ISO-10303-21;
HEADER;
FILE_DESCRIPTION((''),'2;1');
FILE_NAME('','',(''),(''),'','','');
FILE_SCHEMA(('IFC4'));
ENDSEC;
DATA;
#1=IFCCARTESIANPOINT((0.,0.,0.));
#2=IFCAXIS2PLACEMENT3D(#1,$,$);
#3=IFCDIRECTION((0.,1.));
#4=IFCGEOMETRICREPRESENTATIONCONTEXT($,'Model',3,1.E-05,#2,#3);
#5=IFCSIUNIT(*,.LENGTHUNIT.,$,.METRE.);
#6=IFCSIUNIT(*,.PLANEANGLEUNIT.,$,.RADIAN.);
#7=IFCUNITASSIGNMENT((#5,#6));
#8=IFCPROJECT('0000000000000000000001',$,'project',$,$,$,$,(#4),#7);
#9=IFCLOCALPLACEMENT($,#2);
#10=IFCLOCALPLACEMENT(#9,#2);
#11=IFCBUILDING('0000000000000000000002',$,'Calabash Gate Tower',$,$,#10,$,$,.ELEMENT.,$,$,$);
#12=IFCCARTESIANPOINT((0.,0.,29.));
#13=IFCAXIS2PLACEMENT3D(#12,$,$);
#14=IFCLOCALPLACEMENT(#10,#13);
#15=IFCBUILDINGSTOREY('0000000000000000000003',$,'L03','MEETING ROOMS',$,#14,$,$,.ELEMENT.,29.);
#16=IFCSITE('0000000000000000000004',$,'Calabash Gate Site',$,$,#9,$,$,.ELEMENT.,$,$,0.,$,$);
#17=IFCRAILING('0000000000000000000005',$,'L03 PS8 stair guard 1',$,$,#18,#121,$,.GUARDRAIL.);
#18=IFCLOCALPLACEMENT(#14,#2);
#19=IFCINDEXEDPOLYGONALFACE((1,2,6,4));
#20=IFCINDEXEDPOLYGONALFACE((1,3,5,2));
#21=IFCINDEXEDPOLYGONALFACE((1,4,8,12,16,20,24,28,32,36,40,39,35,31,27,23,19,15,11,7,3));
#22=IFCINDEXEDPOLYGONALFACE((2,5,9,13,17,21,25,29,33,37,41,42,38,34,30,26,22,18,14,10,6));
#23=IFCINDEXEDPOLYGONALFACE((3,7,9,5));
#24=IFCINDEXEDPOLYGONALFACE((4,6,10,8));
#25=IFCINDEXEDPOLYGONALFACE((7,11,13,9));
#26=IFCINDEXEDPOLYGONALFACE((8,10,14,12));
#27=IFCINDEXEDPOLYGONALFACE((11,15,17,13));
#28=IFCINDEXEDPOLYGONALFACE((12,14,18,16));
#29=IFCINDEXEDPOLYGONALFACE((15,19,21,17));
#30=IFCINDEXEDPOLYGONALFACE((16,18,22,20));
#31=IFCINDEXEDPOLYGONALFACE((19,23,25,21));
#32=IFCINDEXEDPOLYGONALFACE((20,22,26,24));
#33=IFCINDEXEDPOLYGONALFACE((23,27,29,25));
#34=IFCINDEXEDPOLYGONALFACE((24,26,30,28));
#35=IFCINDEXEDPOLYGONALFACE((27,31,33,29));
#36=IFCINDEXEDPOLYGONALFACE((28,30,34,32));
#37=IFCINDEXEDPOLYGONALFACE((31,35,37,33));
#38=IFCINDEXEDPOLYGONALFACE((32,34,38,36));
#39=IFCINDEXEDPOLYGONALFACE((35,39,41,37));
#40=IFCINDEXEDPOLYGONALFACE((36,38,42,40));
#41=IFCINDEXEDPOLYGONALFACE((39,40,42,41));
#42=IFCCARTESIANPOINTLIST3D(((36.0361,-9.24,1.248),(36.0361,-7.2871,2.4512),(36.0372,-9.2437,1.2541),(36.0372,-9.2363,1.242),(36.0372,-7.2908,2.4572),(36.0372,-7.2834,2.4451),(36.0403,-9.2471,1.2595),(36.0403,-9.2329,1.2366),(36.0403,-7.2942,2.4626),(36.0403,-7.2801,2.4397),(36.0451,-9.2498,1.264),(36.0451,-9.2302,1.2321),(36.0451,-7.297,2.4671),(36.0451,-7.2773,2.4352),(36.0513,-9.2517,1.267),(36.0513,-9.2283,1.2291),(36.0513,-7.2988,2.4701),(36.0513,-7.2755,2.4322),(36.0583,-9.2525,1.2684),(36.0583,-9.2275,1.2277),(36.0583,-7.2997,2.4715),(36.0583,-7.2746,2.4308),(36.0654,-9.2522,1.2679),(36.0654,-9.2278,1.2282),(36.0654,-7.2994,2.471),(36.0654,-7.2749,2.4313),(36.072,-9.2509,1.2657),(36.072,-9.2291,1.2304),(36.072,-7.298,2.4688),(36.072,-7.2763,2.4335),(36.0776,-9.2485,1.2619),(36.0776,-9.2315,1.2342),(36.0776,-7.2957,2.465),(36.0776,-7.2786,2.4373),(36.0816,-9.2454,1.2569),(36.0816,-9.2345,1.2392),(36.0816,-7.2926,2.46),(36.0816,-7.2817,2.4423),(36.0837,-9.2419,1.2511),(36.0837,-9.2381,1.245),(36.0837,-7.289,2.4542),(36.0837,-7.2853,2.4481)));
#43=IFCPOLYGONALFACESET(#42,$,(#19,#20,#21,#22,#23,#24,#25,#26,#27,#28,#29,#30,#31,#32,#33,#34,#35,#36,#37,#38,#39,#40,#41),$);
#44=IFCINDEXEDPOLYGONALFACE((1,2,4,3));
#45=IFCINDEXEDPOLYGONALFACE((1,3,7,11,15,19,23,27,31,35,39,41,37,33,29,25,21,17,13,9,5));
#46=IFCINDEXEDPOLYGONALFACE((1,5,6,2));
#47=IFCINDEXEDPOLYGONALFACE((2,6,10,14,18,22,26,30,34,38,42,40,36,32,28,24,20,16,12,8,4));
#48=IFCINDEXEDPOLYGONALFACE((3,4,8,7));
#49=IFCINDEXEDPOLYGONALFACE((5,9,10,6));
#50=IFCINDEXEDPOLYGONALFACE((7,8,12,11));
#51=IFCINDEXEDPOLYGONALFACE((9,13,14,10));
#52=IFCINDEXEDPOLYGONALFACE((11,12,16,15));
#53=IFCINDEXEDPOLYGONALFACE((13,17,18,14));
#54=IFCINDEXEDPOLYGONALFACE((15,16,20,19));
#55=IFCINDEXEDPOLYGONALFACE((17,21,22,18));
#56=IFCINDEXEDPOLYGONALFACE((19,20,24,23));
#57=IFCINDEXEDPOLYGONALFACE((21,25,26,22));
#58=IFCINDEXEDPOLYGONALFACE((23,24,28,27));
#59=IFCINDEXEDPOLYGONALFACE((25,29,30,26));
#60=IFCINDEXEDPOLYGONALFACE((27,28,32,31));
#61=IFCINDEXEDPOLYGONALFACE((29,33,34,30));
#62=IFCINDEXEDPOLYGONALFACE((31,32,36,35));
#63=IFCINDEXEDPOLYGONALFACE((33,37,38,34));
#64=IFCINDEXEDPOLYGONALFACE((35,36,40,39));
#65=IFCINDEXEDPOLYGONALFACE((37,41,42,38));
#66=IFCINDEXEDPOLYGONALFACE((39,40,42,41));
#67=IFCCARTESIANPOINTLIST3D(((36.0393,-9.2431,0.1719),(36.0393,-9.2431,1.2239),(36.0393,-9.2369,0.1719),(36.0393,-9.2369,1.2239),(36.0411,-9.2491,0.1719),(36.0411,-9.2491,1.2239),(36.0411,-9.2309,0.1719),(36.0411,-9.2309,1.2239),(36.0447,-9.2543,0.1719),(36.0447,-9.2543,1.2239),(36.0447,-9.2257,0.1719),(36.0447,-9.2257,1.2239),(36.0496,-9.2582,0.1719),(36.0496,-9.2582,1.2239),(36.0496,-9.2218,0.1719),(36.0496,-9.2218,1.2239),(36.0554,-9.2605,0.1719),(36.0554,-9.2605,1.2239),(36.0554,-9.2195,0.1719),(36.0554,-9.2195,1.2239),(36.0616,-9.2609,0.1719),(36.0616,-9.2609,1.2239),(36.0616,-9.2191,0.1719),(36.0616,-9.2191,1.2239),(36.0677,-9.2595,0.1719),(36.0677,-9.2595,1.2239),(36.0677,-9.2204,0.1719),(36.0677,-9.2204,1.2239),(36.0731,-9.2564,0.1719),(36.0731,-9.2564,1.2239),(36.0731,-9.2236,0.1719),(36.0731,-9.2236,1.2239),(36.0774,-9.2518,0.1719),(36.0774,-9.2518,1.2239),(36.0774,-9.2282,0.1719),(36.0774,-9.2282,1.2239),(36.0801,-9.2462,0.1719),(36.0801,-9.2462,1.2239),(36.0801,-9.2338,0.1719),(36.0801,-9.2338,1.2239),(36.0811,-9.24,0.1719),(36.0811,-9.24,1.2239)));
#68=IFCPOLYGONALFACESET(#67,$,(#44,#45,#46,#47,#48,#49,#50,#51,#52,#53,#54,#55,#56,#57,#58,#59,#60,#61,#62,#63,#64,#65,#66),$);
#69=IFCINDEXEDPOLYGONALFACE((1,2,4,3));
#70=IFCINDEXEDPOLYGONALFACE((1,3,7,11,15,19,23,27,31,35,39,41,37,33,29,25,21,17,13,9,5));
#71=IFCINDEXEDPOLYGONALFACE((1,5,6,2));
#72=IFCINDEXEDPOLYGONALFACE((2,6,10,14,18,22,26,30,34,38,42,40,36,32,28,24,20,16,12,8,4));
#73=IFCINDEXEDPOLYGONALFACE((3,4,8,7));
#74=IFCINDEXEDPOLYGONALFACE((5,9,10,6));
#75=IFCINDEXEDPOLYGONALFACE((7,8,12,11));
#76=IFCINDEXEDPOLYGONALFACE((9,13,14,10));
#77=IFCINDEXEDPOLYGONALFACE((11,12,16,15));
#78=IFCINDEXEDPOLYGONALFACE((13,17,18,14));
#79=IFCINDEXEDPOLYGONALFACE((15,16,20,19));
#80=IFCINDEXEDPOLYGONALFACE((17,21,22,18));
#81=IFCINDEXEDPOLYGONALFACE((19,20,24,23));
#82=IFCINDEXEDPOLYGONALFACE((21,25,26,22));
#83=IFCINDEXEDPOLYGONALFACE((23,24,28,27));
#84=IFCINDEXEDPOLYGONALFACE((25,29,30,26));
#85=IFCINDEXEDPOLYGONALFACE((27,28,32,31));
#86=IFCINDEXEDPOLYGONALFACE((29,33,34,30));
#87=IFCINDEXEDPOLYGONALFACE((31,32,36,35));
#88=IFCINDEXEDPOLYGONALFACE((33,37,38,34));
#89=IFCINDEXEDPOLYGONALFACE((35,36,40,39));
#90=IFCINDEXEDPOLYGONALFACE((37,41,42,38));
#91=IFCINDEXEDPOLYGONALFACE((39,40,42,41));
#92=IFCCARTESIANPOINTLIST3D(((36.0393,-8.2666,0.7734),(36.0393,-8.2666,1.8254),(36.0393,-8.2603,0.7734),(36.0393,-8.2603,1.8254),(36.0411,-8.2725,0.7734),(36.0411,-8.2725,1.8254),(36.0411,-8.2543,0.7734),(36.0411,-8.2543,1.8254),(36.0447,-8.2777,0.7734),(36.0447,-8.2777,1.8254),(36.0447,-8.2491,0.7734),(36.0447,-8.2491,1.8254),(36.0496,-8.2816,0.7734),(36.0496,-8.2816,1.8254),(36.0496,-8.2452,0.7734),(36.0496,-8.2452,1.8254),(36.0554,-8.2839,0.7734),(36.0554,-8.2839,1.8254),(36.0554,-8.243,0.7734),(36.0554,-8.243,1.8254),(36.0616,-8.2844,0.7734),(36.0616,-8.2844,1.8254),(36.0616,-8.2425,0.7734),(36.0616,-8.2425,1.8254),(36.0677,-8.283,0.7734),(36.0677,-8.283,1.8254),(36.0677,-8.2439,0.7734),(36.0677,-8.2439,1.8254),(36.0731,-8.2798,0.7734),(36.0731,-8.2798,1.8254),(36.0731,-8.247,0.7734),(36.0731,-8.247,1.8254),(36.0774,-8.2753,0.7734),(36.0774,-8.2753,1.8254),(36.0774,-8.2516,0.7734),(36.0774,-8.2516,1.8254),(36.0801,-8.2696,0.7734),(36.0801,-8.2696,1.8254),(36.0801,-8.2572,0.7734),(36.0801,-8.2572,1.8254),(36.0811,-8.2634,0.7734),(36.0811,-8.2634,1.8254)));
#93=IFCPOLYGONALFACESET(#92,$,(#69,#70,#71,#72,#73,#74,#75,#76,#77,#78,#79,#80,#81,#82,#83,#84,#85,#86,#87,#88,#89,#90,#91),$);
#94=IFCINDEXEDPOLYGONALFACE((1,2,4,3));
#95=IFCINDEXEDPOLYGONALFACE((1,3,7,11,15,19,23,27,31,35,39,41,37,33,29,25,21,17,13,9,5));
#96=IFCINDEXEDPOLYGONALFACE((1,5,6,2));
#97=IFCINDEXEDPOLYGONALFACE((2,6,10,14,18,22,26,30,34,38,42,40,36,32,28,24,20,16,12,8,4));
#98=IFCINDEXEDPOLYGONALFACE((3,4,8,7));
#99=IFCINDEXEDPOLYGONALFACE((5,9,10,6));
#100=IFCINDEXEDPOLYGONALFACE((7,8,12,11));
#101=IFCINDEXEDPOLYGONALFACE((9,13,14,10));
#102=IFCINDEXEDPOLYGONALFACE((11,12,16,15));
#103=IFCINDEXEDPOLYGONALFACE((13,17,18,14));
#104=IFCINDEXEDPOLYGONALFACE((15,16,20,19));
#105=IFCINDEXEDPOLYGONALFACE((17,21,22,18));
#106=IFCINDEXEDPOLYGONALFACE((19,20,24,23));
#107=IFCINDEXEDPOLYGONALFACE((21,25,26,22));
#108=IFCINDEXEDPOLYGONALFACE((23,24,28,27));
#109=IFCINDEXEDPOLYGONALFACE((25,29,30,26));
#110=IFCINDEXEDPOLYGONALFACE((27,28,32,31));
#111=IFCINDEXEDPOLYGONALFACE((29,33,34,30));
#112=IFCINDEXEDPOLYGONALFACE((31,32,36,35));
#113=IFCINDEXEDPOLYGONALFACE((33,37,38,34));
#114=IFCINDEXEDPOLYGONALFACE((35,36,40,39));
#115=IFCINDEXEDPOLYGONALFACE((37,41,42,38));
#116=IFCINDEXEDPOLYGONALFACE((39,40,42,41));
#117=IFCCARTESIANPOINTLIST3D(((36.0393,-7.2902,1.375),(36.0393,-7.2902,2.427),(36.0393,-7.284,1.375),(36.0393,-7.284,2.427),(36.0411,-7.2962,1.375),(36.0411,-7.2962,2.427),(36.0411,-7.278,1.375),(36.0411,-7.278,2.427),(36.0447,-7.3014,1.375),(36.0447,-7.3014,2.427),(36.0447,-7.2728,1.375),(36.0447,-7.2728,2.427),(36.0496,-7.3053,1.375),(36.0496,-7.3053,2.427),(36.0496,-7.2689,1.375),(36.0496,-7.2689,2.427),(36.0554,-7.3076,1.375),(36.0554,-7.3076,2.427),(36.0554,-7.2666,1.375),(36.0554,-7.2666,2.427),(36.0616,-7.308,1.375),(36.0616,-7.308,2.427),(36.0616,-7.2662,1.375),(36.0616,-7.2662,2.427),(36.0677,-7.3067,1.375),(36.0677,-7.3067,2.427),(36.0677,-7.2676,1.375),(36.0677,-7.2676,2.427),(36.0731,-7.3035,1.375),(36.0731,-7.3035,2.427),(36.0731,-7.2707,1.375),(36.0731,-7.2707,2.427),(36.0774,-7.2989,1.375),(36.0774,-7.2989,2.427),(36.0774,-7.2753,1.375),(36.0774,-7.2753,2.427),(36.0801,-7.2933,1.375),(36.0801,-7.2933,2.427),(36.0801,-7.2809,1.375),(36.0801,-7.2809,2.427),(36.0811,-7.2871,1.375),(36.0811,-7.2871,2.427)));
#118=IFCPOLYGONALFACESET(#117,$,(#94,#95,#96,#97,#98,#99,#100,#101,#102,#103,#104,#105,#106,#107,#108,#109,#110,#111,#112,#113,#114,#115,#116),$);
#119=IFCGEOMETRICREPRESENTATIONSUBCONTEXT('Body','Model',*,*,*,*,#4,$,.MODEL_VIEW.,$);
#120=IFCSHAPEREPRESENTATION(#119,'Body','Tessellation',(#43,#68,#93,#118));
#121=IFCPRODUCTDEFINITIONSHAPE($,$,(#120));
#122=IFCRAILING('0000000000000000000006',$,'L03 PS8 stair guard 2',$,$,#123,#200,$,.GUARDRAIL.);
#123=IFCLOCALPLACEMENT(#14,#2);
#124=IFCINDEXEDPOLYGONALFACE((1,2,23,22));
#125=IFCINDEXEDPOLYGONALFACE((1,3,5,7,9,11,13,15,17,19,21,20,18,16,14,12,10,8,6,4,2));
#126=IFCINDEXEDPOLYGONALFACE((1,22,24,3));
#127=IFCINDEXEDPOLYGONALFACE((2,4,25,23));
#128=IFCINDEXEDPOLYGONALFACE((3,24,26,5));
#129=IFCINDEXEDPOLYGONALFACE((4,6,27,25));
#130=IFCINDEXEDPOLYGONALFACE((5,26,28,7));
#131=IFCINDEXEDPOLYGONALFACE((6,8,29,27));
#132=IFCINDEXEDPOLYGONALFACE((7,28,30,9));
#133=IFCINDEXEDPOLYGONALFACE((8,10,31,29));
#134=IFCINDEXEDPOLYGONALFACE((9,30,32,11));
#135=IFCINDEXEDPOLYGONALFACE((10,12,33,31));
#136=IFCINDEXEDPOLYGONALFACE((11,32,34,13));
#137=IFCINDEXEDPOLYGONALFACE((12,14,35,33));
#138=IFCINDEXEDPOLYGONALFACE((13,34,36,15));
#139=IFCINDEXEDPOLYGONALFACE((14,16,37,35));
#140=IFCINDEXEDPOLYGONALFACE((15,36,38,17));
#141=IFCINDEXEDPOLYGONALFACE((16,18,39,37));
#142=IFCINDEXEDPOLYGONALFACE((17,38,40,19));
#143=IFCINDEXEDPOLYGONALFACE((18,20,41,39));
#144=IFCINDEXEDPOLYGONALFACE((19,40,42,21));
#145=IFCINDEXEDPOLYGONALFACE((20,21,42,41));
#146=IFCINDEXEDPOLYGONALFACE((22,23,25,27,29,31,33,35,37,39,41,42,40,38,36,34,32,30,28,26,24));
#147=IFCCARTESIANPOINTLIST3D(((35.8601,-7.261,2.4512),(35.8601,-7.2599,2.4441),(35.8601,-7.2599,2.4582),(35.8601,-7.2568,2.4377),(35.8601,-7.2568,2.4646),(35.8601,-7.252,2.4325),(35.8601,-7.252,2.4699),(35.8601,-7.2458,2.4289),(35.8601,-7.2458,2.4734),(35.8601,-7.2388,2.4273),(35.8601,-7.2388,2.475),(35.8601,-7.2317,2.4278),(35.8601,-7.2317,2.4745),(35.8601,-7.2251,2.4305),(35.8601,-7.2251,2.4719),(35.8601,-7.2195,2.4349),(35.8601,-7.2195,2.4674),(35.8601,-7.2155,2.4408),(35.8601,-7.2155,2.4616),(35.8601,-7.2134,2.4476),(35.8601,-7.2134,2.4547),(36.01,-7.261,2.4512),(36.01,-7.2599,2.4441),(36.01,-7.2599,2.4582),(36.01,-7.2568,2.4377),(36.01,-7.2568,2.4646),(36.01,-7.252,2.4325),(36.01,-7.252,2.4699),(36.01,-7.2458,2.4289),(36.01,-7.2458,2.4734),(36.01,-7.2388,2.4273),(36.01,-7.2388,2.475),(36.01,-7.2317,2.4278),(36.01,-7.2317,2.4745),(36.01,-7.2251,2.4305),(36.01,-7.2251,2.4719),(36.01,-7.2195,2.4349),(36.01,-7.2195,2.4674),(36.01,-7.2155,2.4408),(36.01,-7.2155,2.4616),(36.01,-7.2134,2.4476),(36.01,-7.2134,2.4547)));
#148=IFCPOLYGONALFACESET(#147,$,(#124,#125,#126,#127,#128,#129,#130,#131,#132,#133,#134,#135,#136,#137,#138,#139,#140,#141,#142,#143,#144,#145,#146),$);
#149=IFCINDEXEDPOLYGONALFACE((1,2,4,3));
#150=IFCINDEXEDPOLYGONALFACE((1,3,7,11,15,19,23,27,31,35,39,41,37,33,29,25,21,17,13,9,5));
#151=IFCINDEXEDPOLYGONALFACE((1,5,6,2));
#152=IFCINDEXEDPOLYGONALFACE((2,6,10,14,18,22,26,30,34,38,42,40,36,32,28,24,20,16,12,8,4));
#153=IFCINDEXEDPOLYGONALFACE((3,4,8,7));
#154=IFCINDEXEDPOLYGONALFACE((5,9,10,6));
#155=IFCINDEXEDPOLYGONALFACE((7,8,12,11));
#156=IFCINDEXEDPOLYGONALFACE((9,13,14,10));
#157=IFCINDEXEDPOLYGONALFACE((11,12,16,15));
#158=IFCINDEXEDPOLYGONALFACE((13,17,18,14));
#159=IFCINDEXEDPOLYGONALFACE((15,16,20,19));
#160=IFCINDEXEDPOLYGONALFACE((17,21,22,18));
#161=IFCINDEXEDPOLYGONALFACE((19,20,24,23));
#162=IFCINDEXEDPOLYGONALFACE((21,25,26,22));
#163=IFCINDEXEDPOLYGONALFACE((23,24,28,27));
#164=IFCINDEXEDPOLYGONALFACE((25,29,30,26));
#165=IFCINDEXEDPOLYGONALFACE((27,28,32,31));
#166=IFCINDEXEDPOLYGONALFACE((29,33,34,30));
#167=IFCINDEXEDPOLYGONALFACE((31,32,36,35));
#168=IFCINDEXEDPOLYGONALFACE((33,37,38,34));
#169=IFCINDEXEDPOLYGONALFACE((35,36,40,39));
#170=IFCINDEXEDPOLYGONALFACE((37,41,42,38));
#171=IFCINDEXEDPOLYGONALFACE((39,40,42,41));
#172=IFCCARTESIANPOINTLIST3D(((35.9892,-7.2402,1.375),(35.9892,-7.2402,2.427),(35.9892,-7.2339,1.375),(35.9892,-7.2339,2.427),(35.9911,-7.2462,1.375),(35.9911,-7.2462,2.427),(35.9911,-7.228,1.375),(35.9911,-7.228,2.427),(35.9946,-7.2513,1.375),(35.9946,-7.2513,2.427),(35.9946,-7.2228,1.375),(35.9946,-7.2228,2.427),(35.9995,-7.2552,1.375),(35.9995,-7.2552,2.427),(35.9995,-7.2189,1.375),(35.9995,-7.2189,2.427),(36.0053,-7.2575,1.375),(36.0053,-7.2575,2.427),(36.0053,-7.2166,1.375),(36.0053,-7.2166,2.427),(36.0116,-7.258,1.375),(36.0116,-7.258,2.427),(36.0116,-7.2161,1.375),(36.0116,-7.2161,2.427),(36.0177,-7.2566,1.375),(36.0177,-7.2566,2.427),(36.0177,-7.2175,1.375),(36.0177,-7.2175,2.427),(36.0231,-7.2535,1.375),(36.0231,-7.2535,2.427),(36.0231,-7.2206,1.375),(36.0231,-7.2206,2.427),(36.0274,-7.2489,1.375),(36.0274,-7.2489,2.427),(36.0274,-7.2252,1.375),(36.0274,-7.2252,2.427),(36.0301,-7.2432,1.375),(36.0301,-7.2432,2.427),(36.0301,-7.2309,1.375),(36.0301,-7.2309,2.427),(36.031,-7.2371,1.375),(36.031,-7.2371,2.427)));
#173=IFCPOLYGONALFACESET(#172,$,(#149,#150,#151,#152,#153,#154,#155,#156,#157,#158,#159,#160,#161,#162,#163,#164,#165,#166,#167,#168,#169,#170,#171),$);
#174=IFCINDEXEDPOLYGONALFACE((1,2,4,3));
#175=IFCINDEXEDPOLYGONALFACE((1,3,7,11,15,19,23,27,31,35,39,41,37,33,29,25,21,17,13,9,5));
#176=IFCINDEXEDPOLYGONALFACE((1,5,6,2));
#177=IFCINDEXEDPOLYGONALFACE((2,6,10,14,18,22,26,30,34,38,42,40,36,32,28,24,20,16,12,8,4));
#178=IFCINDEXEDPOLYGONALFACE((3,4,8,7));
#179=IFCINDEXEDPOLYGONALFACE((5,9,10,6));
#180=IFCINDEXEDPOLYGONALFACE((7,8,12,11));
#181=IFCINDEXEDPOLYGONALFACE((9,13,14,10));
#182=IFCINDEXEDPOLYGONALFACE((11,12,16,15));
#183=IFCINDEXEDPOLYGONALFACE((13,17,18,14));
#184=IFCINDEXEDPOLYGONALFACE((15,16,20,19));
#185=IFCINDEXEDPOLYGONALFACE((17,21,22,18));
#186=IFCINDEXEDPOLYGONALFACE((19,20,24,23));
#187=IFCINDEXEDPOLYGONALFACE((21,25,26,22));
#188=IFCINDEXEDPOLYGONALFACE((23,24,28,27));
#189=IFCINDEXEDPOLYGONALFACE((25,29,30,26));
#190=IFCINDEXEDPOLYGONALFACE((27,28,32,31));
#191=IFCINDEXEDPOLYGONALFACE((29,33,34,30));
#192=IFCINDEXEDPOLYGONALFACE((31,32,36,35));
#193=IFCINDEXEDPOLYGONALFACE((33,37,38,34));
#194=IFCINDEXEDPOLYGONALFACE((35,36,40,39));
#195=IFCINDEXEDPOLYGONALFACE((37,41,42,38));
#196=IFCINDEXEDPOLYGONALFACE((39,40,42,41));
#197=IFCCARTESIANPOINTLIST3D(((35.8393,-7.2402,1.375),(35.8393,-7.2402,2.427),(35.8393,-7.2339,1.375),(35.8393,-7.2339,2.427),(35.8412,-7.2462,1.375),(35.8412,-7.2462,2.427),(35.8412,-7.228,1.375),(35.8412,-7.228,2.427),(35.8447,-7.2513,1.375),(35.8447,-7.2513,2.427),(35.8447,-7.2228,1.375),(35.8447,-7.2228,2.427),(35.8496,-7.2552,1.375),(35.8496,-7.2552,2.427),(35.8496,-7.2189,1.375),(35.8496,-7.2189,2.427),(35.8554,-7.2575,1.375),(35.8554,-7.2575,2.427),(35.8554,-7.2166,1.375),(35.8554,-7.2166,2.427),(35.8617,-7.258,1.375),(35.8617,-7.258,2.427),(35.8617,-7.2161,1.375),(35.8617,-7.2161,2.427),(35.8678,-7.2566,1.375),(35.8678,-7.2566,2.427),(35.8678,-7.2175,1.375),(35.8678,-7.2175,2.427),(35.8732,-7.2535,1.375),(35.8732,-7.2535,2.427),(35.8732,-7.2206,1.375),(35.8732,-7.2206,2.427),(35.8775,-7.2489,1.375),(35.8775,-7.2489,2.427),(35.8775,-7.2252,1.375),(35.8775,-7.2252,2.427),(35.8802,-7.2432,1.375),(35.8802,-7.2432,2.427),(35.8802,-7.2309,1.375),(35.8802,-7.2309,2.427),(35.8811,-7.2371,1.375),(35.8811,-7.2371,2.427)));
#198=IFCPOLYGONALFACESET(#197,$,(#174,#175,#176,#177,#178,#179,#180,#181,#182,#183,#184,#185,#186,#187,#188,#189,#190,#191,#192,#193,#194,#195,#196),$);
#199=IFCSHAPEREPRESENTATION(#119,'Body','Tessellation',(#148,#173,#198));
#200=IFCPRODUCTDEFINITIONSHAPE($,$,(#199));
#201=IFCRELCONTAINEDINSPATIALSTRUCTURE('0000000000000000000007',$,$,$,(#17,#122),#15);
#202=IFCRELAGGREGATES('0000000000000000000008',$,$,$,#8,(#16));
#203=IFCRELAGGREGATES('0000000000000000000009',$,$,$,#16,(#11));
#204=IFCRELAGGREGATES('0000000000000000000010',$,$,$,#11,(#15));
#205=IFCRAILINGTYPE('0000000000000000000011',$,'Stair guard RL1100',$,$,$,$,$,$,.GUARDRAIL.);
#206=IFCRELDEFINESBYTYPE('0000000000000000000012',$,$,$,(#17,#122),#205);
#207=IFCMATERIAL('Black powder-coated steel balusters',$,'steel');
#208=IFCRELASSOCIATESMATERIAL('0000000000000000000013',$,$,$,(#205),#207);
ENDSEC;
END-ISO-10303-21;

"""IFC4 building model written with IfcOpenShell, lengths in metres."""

from ifc_helpers import new_model, si_unit, direction, frame, origin, origin_2d, place, context, subcontext, project, spatial, circle, extrude, material, type_object, element, save


model = new_model("IFC4")

# Units and contexts
model_context = context("Model", 3, precision=1e-05, world=origin(), true_north=direction((0.0, 1.0)))
body_context = subcontext(model_context, "Body", "Model", "MODEL_VIEW")
ifc_project = project(units=[si_unit("LENGTHUNIT", "METRE"), si_unit("PLANEANGLEUNIT", "RADIAN")], contexts=[model_context])

# Site, building, storey
site_placement = place(None, origin())
site = spatial("IfcSite", under=ifc_project, at=site_placement, Name="Calabash Gate Site", CompositionType="ELEMENT", RefElevation=0.0)
building_placement = place(site_placement, origin())
building = spatial("IfcBuilding", under=site, at=building_placement, Name="Calabash Gate Tower", CompositionType="ELEMENT")
storey_placement = place(building_placement, frame((0.0, 0.0, 29.0)))
storey = spatial("IfcBuildingStorey", under=building, at=storey_placement, Name="L03", Description="MEETING ROOMS", CompositionType="ELEMENT", Elevation=29.0)

# Railings
ifc_material_1 = material(Name="Black powder-coated steel balusters", Category="steel")
railing_type_1 = type_object("IfcRailingType", Name="Stair guard RL1100", PredefinedType="GUARDRAIL", material=ifc_material_1)
railing_1_placement = place(storey_placement, frame((36.0601, -9.24, 0.1719)))
element("IfcRailing", 1, at=railing_1_placement, inside=storey, type_object=railing_type_1, Name="L03 PS8 stair guard 1", PredefinedType="GUARDRAIL", context=body_context, shape_type="SweptSolid", body=[
    extrude(circle(Radius=0.0239, at=origin_2d()), frame((0.0, 0.0, 1.0762), z_axis=(0.0, 0.851395, 0.524525), x_axis=(-1.0, 0.0, 0.0)), (0.0, 0.0, 1.0), 2.2937),
    extrude(circle(Radius=0.021, at=origin_2d()), origin(), (0.0, 0.0, 1.0), 1.052),
    extrude(circle(Radius=0.021, at=origin_2d()), frame((0.0, 0.9766, 0.6016)), (0.0, 0.0, 1.0), 1.052),
    extrude(circle(Radius=0.021, at=origin_2d()), frame((0.0, 1.9529, 1.2031)), (0.0, 0.0, 1.0), 1.052),
])
railing_2_placement = place(storey_placement, frame((36.01, -7.2371, 1.375)))
element("IfcRailing", 2, at=railing_2_placement, inside=storey, type_object=railing_type_1, Name="L03 PS8 stair guard 2", PredefinedType="GUARDRAIL", context=body_context, shape_type="SweptSolid", body=[
    extrude(circle(Radius=0.0239, at=origin_2d()), frame((0.0, 0.0, 1.0762), z_axis=(-1.0, 0.0, 0.0), x_axis=(0.0, -1.0, 0.0)), (0.0, 0.0, 1.0), 0.1499),
    extrude(circle(Radius=0.021, at=origin_2d()), origin(), (0.0, 0.0, 1.0), 1.052),
    extrude(circle(Radius=0.021, at=origin_2d()), frame((-0.1499, 0.0, 0.0)), (0.0, 0.0, 1.0), 1.052),
])

save(model, "model.ifc")
